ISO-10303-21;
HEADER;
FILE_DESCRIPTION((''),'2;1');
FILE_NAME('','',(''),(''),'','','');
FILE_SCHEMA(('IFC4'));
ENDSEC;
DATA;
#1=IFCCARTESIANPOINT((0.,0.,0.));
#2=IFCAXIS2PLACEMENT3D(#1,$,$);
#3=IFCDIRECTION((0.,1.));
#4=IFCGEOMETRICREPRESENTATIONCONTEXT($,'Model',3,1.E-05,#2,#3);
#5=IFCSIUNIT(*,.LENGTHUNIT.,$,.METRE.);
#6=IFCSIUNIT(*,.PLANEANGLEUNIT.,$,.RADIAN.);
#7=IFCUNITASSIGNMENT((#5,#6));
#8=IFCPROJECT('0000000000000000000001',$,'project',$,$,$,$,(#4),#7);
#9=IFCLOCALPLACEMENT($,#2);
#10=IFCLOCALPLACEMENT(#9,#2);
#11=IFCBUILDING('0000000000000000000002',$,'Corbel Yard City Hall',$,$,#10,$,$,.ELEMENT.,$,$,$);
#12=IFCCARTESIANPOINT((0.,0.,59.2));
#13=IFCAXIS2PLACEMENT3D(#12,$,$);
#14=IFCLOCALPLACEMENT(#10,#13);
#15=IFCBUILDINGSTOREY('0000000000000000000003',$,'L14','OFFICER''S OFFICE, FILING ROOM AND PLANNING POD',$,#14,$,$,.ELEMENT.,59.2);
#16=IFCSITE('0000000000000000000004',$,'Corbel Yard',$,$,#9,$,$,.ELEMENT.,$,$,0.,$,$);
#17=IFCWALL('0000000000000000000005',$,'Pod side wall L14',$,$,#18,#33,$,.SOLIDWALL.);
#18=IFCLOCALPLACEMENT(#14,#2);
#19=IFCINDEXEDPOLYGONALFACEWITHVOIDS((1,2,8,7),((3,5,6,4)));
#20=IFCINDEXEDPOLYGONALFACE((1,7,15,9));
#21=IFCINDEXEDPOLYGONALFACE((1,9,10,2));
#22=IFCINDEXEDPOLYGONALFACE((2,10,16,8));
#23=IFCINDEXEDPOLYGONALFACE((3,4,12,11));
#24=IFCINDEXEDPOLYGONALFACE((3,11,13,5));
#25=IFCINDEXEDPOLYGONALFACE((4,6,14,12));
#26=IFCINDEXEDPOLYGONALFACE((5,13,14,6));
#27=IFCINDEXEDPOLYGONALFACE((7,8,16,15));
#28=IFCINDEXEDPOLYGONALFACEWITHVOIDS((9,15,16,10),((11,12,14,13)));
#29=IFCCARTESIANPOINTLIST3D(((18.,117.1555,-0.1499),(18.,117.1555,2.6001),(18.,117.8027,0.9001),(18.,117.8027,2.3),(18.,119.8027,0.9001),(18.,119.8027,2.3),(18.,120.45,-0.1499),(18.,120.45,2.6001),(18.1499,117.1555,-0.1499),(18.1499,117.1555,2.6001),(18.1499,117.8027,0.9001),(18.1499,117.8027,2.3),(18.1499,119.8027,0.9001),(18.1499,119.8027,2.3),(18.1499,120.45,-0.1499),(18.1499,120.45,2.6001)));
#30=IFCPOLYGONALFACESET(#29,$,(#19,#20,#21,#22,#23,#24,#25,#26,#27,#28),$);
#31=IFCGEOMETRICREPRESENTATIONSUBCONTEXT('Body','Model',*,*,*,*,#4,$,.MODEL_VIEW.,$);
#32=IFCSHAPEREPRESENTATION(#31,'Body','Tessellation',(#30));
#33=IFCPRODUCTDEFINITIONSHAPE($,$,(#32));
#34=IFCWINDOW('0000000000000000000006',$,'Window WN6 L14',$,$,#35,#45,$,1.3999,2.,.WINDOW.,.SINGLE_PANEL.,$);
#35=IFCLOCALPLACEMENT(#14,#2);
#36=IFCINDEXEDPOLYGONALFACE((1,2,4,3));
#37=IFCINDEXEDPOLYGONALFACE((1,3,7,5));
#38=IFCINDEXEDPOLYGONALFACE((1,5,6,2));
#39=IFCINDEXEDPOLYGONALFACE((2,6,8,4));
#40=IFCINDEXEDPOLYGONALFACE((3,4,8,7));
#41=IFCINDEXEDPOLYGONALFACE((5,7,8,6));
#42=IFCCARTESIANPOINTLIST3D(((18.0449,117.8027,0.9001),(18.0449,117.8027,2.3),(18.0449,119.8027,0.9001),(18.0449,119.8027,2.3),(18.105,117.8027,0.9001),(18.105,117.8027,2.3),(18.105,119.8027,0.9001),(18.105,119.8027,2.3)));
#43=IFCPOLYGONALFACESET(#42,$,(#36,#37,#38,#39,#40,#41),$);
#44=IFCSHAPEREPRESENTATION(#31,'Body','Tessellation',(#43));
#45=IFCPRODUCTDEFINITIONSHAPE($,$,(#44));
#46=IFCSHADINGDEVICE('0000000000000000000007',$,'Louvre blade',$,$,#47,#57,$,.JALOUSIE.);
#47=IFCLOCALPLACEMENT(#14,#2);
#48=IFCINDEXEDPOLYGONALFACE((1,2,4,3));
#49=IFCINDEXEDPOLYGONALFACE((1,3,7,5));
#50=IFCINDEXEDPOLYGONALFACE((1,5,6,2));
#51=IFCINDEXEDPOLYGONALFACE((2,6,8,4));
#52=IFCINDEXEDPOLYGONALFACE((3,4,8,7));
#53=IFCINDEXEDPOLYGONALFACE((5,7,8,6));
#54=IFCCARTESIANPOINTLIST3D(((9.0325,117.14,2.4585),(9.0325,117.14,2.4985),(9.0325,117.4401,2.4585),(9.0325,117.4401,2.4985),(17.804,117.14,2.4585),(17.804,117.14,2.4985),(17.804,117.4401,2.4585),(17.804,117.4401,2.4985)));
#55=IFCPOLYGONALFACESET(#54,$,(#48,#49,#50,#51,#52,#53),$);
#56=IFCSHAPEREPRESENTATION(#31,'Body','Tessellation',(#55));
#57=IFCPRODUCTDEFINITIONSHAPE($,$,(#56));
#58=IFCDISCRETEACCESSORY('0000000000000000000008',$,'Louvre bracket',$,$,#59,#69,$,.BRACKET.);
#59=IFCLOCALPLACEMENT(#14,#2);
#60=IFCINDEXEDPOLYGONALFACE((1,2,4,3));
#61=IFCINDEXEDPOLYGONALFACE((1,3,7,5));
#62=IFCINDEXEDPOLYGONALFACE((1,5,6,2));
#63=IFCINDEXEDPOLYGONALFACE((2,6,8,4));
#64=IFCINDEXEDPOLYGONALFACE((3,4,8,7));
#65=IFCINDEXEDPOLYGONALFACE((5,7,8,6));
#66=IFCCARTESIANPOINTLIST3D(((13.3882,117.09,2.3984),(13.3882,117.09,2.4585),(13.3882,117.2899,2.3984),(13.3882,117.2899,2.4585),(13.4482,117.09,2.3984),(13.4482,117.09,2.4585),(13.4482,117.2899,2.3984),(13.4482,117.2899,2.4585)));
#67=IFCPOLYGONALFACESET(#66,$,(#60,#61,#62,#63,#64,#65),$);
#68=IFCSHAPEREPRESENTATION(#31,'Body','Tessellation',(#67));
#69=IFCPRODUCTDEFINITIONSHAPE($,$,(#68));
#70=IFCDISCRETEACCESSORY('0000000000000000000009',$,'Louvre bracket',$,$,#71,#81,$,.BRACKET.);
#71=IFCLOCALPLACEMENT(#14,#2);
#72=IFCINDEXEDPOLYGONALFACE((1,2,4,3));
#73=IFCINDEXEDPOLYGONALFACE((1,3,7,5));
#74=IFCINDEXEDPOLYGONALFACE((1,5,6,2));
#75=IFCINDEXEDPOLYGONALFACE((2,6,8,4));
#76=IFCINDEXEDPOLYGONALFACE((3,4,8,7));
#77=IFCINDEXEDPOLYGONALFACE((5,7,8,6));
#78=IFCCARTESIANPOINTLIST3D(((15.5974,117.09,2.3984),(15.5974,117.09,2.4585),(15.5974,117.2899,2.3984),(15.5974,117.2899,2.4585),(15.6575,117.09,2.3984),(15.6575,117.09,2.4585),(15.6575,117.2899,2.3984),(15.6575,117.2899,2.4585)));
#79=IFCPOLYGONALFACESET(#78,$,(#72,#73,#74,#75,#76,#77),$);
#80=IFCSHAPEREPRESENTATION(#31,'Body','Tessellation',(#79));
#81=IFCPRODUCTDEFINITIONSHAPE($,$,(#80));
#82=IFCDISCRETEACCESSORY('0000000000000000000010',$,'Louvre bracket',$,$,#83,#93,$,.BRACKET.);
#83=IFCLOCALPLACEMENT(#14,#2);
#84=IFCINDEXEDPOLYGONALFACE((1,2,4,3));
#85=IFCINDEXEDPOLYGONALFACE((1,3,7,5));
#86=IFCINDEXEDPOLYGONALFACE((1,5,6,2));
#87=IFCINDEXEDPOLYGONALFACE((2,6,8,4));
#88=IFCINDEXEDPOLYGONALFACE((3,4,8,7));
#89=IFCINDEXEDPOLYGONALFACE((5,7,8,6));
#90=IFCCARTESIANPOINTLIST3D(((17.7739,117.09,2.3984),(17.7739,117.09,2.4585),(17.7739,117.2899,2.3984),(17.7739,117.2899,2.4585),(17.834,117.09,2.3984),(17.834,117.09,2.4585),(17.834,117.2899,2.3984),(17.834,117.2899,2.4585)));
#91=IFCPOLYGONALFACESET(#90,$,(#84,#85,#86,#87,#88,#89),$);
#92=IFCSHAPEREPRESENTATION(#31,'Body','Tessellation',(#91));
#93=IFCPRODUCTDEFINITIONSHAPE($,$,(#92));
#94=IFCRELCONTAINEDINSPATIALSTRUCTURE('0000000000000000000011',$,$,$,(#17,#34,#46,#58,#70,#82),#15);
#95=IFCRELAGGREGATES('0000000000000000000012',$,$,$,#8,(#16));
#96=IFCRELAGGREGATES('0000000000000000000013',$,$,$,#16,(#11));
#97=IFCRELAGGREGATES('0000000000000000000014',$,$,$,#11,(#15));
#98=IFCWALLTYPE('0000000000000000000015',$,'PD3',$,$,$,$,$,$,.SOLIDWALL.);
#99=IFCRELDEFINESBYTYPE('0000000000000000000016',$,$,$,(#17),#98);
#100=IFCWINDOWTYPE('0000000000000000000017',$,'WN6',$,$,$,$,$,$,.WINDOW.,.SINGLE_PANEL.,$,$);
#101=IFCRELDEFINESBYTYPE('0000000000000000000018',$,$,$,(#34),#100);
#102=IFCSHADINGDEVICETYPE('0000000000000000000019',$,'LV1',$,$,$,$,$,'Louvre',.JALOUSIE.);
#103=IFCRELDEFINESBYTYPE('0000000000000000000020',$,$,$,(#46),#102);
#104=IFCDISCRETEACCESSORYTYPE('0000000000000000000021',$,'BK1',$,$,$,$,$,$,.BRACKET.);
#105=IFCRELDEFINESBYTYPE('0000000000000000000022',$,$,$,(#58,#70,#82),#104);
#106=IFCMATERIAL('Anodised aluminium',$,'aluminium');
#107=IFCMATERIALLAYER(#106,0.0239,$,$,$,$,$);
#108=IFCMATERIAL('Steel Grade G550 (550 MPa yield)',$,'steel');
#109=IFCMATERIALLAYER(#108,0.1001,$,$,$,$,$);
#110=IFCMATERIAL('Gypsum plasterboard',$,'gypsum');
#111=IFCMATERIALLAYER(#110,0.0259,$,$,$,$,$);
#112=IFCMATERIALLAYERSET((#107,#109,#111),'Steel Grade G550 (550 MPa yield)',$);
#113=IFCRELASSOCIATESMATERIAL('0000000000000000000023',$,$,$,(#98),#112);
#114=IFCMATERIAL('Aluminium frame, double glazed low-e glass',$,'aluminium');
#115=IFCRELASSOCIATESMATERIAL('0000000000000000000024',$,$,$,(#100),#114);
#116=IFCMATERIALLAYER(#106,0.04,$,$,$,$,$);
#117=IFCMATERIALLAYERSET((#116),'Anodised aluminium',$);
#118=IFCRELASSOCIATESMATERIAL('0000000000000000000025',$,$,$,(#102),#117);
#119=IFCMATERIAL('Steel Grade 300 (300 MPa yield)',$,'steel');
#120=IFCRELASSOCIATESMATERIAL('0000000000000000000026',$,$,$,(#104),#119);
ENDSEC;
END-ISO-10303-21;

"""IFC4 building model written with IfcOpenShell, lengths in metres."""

from ifc_helpers import new_model, si_unit, direction, frame, frame_2d, origin, origin_2d, place, context, subcontext, project, spatial, rectangle, extrude, material, layer, layer_set, type_object, element, fill, save


model = new_model("IFC4")

# Units and contexts
model_context = context("Model", 3, precision=1e-05, world=origin(), true_north=direction((0.0, 1.0)))
body_context = subcontext(model_context, "Body", "Model", "MODEL_VIEW")
ifc_project = project(units=[si_unit("LENGTHUNIT", "METRE"), si_unit("PLANEANGLEUNIT", "RADIAN")], contexts=[model_context])

# Site, building, storey
site_placement = place(None, origin())
site = spatial("IfcSite", under=ifc_project, at=site_placement, Name="Corbel Yard", CompositionType="ELEMENT", RefElevation=0.0)
building_placement = place(site_placement, origin())
building = spatial("IfcBuilding", under=site, at=building_placement, Name="Corbel Yard City Hall", CompositionType="ELEMENT")
storey_placement = place(building_placement, frame((0.0, 0.0, 59.2)))
storey = spatial("IfcBuildingStorey", under=building, at=storey_placement, Name="L14", Description="OFFICER'S OFFICE, FILING ROOM AND PLANNING POD", CompositionType="ELEMENT", Elevation=59.2)

# Shared definitions
ifc_material_1 = material(Name="Steel Grade 300 (300 MPa yield)", Category="steel")

# Shared definitions
ifc_material_2 = material(Name="Anodised aluminium", Category="aluminium")
ifc_material_3 = material(Name="Steel Grade G550 (550 MPa yield)", Category="steel")
ifc_material_4 = material(Name="Gypsum plasterboard", Category="gypsum")
ifc_material_5 = material(Name="Aluminium frame, double glazed low-e glass", Category="aluminium")

# Wall, opening, window
ifc_layer_1 = layer(ifc_material_2, 0.0239)
ifc_layer_2 = layer(ifc_material_3, 0.1001)
ifc_layer_3 = layer(ifc_material_4, 0.0259)
ifc_layer_set_1 = layer_set([ifc_layer_1, ifc_layer_2, ifc_layer_3], Name="Steel Grade G550 (550 MPa yield)")
wall_type_1 = type_object("IfcWallType", Name="PD3", PredefinedType="SOLIDWALL", material=ifc_layer_set_1)
wall_1_placement = place(storey_placement, frame((18.075, 120.45, -0.1499), z_axis=(0.0, 0.0, 1.0), x_axis=(0.0, -1.0, 0.0)))
wall_1 = element("IfcWall", 1, at=wall_1_placement, inside=storey, type_object=wall_type_1, Name="Pod side wall L14", PredefinedType="SOLIDWALL", context=body_context, shape_type="SweptSolid", body=[
    extrude(rectangle(XDim=3.2944, YDim=0.1499, at=frame_2d((1.6472, 0.0))), origin(), (0.0, 0.0, 1.0), 2.75),
])
opening_1_placement = place(wall_1_placement, frame((0.6472, 0.0, 1.05)))
opening_1 = element("IfcOpeningElement", 2, at=opening_1_placement, cuts=wall_1, PredefinedType="OPENING", context=body_context, shape_type="SweptSolid", body=[
    extrude(rectangle(XDim=2.0, YDim=1.3999, at=frame_2d((1.0, 0.7))), frame((0.0, 0.085, 0.0), z_axis=(0.0, -1.0, 0.0), x_axis=(1.0, 0.0, 0.0)), (0.0, 0.0, 1.0), 0.1699),
])
window_type_1 = type_object("IfcWindowType", Name="WN6", PartitioningType="SINGLE_PANEL", PredefinedType="WINDOW", material=ifc_material_5)
window_1_placement = place(opening_1_placement, origin())
window_1 = element("IfcWindow", 3, at=window_1_placement, inside=storey, type_object=window_type_1, Name="Window WN6 L14", OverallHeight=1.3999, OverallWidth=2.0, PartitioningType="SINGLE_PANEL", PredefinedType="WINDOW", context=body_context, shape_type="SweptSolid", body=[
    extrude(rectangle(XDim=2.0, YDim=1.3999, at=frame_2d((1.0, 0.7))), frame((0.0, 0.03, 0.0), z_axis=(0.0, -1.0, 0.0), x_axis=(1.0, 0.0, 0.0)), (0.0, 0.0, 1.0), 0.0601),
])
fill(opening_1, window_1)

# Shading device
ifc_layer_4 = layer(ifc_material_2, 0.04)
ifc_layer_set_2 = layer_set([ifc_layer_4], Name="Anodised aluminium")
shading_device_type = type_object("IfcShadingDeviceType", Name="LV1", ElementType="Louvre", PredefinedType="JALOUSIE", material=ifc_layer_set_2)
shading_device_placement = place(storey_placement, frame((13.4182, 117.29, 2.4585), z_axis=(0.0, 0.0, 1.0), x_axis=(1.0, 0.0, 0.0)))
element("IfcShadingDevice", 4, at=shading_device_placement, inside=storey, type_object=shading_device_type, Name="Louvre blade", PredefinedType="JALOUSIE", context=body_context, shape_type="SweptSolid", body=[
    extrude(rectangle(XDim=8.7715, YDim=0.3, at=origin_2d()), origin(), (0.0, 0.0, 1.0), 0.04),
])

# Discrete accessories
discrete_accessory_type = type_object("IfcDiscreteAccessoryType", Name="BK1", PredefinedType="BRACKET", material=ifc_material_1)
for number, where, z_axis, x_axis, name in (
    (5, (13.4182, 117.1899, 2.3984), (0.0, 0.0, 1.0), (1.0, 0.0, 0.0), "Louvre bracket"),
    (6, (15.6274, 117.1899, 2.3984), (0.0, 0.0, 1.0), (1.0, 0.0, 0.0), "Louvre bracket"),
    (7, (17.804, 117.1899, 2.3984), (0.0, 0.0, 1.0), (1.0, 0.0, 0.0), "Louvre bracket"),
):
    element("IfcDiscreteAccessory", number, at=place(storey_placement, frame(where, z_axis=z_axis, x_axis=x_axis)), inside=storey, type_object=discrete_accessory_type, Name=name, PredefinedType="BRACKET", context=body_context, shape_type="SweptSolid", body=[
        extrude(rectangle(XDim=0.0601, YDim=0.2, at=origin_2d()), origin(), (0.0, 0.0, 1.0), 0.0601),
    ])

save(model, "model.ifc")
